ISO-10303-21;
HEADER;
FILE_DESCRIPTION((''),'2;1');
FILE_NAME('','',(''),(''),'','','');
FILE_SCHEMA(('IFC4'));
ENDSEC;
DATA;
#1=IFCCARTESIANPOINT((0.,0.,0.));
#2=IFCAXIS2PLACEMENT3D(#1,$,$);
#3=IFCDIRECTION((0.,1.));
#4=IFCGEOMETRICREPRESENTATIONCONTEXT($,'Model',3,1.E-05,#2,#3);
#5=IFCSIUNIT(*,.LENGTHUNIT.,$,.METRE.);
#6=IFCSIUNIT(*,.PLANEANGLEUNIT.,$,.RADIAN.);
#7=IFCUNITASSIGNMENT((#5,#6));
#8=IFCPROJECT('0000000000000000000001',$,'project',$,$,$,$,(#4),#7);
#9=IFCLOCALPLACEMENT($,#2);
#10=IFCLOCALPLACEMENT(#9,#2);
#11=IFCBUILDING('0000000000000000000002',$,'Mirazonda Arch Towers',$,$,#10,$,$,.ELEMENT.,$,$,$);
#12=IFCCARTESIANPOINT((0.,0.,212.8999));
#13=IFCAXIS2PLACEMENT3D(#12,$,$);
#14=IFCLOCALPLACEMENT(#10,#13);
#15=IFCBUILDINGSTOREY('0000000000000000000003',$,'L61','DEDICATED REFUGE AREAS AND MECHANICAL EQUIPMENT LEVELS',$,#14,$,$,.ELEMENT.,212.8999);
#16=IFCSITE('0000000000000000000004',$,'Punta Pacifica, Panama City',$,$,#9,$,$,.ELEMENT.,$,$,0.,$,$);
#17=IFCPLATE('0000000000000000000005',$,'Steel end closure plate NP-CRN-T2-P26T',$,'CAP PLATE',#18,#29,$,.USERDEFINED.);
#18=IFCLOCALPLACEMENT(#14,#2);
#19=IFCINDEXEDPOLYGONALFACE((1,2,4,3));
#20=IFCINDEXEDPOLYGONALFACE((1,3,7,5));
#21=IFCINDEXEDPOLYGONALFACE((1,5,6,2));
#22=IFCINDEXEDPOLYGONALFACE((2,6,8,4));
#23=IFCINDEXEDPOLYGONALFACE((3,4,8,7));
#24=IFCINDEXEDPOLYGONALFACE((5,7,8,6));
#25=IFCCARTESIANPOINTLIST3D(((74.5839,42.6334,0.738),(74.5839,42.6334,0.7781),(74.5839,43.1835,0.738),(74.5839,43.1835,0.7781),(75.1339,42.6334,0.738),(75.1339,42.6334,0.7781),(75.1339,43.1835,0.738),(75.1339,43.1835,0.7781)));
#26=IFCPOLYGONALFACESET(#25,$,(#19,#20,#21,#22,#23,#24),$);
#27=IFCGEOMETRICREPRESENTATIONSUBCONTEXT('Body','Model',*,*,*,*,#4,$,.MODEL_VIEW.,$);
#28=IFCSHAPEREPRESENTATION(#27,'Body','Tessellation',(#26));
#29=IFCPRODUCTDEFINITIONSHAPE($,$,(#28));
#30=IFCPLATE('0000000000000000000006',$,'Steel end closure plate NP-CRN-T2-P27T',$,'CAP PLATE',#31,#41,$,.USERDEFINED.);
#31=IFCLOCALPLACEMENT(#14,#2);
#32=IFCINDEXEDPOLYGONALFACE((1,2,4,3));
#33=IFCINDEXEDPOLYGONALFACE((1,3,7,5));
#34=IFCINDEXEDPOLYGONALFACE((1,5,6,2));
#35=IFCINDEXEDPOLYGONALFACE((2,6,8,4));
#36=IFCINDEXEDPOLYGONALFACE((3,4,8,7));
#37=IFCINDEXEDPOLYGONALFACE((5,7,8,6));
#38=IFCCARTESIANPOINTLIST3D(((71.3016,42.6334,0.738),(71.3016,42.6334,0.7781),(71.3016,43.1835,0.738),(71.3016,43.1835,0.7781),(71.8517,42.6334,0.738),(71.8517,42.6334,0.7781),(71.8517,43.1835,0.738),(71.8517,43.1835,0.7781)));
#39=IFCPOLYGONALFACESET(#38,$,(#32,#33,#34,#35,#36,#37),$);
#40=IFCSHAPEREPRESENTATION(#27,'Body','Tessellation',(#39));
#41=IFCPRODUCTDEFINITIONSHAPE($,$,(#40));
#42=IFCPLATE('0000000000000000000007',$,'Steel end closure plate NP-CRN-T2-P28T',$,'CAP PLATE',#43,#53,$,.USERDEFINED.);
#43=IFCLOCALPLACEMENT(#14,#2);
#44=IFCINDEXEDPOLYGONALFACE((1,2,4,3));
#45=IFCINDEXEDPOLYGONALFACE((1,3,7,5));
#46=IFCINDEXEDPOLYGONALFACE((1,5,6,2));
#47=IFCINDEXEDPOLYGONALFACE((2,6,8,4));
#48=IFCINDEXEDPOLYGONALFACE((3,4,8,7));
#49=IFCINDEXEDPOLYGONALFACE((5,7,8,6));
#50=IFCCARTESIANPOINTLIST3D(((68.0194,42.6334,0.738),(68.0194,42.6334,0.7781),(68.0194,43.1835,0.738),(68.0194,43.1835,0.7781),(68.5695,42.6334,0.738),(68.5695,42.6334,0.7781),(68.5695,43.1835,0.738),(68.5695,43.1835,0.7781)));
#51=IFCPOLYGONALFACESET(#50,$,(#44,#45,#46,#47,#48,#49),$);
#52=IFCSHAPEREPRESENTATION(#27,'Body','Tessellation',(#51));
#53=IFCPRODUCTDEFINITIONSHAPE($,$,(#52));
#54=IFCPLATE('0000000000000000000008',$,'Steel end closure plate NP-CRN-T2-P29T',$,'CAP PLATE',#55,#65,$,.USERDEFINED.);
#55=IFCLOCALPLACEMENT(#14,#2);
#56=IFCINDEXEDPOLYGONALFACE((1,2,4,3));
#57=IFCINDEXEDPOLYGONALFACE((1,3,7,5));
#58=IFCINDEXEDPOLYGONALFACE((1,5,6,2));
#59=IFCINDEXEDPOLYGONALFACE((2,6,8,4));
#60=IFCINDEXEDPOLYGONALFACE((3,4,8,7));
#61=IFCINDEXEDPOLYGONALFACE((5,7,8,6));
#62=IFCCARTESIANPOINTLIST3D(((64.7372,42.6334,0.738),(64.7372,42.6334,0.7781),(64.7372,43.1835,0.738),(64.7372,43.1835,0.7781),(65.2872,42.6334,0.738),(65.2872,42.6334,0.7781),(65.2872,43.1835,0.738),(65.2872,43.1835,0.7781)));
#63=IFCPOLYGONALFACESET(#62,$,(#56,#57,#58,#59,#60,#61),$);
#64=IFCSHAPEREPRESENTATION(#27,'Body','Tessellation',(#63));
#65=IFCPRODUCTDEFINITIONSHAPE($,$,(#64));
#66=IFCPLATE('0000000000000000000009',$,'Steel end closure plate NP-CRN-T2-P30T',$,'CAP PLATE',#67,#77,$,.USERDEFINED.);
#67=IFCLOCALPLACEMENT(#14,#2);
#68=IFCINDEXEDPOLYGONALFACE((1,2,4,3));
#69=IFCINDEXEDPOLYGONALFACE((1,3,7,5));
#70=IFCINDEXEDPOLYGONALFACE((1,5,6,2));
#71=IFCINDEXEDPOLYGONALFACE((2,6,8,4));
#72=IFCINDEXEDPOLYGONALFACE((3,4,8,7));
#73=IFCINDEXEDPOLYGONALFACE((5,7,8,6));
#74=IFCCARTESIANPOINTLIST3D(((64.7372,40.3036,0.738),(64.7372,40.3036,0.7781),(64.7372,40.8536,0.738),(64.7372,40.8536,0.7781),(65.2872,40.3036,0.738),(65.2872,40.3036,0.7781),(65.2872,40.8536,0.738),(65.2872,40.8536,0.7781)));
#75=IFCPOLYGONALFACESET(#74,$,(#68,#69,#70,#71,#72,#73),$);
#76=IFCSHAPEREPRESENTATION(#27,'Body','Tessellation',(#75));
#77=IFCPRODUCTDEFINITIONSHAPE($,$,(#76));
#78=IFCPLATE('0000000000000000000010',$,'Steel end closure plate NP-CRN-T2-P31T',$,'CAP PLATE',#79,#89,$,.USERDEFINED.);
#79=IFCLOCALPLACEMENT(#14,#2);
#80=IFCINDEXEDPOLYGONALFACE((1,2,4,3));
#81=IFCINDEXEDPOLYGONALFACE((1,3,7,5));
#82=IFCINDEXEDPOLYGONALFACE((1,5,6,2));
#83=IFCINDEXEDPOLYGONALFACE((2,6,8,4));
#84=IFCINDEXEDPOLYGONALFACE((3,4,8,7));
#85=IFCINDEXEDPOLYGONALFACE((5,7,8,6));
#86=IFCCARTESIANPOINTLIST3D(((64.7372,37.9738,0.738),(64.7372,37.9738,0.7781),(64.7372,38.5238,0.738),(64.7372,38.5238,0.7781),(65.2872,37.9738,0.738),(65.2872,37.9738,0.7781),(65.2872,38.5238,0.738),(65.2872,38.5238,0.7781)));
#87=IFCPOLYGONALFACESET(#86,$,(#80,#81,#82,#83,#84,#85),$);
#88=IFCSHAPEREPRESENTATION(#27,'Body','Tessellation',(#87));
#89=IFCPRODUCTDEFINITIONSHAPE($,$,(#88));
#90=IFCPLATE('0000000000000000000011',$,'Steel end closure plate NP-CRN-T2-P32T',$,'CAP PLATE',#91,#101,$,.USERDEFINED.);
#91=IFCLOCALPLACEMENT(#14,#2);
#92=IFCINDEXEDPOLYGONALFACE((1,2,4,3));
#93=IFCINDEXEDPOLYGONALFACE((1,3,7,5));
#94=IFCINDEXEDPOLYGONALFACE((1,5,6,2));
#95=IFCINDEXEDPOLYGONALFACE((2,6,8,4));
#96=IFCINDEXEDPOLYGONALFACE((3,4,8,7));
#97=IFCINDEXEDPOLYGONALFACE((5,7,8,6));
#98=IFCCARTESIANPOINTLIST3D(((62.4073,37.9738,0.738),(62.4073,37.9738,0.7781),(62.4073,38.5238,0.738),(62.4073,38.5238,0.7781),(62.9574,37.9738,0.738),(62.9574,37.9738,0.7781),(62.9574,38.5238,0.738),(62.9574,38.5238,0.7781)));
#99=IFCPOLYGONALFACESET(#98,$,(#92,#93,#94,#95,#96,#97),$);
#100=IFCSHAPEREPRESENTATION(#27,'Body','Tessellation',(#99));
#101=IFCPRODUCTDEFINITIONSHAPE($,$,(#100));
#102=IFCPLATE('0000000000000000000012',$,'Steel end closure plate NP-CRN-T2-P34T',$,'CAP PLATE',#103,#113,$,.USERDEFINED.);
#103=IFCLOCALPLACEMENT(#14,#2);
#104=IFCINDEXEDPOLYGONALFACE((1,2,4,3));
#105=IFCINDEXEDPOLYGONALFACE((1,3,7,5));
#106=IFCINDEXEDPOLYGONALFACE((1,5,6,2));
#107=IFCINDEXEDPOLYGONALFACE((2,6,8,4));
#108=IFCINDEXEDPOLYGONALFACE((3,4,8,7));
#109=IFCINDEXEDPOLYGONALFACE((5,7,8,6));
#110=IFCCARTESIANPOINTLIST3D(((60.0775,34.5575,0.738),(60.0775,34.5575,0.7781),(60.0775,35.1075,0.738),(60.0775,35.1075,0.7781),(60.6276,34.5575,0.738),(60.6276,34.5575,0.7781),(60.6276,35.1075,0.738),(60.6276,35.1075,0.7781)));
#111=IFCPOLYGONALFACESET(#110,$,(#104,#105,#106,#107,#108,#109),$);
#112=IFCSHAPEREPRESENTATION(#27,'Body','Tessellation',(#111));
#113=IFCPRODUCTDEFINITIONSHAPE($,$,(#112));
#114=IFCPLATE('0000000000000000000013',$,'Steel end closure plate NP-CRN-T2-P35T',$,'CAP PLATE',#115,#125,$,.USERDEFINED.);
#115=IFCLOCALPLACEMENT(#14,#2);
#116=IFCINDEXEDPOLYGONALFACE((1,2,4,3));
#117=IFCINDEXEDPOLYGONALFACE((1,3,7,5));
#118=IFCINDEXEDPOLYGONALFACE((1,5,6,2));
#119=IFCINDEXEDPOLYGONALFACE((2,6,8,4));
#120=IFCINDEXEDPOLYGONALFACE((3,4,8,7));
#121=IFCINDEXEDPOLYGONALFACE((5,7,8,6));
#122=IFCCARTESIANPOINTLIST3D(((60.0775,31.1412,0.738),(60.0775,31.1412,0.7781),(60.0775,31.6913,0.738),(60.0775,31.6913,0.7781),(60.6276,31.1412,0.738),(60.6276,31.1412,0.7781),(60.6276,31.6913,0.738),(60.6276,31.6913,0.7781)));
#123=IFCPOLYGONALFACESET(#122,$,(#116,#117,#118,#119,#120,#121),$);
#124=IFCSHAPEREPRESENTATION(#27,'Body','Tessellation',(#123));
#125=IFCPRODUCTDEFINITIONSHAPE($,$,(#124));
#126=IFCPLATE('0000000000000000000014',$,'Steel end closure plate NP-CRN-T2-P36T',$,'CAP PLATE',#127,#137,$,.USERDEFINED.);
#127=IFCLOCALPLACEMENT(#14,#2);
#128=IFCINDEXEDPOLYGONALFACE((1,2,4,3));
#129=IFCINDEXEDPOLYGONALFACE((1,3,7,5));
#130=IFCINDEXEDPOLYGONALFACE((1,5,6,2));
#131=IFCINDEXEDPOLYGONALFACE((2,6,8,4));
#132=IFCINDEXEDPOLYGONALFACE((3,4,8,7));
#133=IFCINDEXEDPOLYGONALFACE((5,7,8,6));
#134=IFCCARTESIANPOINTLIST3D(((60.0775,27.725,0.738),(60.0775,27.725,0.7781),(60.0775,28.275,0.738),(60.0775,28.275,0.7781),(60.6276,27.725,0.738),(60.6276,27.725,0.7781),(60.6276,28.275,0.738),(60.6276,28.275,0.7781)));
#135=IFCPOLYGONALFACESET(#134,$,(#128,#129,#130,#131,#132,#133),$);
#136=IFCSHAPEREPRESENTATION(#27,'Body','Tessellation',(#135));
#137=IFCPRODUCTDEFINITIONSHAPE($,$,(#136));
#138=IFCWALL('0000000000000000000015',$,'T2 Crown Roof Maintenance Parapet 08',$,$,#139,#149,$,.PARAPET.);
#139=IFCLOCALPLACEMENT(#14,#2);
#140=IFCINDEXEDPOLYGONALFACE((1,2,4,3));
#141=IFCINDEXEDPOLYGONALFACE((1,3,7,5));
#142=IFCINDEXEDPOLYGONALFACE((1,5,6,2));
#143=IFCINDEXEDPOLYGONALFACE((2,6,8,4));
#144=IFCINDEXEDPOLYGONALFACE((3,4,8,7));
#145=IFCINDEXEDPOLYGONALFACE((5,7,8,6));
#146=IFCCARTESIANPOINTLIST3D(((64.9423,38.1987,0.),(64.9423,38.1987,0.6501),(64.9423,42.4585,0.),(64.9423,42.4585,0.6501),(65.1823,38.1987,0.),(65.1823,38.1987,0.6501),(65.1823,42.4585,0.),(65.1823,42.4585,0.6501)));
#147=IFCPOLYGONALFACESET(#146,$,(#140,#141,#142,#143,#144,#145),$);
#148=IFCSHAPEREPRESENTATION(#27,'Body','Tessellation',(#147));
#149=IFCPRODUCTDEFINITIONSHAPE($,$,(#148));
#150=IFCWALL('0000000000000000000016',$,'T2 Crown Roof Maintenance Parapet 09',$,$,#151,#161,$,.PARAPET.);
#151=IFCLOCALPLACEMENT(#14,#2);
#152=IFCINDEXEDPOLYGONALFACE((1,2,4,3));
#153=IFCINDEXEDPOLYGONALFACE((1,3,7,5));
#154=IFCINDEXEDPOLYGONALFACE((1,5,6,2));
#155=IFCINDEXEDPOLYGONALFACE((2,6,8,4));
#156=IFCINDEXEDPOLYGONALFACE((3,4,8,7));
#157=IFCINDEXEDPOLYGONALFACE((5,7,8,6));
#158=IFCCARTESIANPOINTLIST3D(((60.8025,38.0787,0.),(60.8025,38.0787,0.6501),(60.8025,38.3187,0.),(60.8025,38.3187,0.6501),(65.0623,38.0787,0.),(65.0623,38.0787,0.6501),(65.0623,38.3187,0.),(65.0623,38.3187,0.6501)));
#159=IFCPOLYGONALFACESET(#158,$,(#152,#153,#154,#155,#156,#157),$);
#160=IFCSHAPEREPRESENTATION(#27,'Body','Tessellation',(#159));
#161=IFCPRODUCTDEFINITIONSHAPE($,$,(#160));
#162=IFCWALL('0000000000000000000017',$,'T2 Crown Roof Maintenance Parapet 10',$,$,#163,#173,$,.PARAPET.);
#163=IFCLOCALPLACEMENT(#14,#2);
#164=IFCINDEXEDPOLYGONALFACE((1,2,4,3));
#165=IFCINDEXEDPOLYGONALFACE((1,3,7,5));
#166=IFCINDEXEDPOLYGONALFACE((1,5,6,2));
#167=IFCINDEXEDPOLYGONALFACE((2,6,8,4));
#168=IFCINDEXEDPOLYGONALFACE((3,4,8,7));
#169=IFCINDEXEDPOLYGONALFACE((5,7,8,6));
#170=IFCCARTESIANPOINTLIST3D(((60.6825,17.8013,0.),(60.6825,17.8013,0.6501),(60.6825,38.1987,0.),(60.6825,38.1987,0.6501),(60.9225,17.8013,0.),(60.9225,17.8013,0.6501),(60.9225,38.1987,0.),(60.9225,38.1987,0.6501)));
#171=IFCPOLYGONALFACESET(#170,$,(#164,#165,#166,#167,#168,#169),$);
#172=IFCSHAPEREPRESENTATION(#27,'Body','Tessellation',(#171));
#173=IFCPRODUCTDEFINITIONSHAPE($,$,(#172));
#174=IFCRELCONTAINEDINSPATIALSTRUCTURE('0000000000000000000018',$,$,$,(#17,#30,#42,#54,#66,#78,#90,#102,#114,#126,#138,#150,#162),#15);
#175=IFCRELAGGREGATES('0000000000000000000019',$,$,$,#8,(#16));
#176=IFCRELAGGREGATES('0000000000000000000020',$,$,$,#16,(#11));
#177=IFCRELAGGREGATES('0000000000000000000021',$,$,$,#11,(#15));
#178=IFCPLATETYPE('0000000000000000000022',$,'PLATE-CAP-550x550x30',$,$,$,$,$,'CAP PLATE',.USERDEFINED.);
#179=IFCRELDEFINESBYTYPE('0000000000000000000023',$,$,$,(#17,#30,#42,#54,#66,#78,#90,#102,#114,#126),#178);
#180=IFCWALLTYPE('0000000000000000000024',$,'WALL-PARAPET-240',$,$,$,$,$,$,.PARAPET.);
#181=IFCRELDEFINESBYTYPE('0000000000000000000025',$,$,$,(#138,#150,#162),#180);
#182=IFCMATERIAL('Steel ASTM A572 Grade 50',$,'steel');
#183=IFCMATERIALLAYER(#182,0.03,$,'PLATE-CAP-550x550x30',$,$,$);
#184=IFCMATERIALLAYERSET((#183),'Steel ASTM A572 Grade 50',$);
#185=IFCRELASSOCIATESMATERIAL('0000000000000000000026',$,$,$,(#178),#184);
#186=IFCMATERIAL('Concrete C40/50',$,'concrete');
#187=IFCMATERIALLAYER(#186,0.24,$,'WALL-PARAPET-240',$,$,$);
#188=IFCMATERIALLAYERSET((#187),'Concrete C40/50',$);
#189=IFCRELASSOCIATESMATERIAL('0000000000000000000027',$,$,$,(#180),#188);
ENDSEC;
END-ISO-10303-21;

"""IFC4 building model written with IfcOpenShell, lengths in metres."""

from ifc_helpers import new_model, si_unit, direction, frame, frame_2d, origin, origin_2d, place, context, subcontext, project, spatial, rectangle, extrude, material, layer, layer_set, type_object, element, save


model = new_model("IFC4")

# Units and contexts
model_context = context("Model", 3, precision=1e-05, world=origin(), true_north=direction((0.0, 1.0)))
body_context = subcontext(model_context, "Body", "Model", "MODEL_VIEW")
ifc_project = project(units=[si_unit("LENGTHUNIT", "METRE"), si_unit("PLANEANGLEUNIT", "RADIAN")], contexts=[model_context])

# Site, building, storey
site_placement = place(None, origin())
site = spatial("IfcSite", under=ifc_project, at=site_placement, Name="Punta Pacifica, Panama City", CompositionType="ELEMENT", RefElevation=0.0)
building_placement = place(site_placement, origin())
building = spatial("IfcBuilding", under=site, at=building_placement, Name="Mirazonda Arch Towers", CompositionType="ELEMENT")
storey_placement = place(building_placement, frame((0.0, 0.0, 212.8999)))
storey = spatial("IfcBuildingStorey", under=building, at=storey_placement, Name="L61", Description="DEDICATED REFUGE AREAS AND MECHANICAL EQUIPMENT LEVELS", CompositionType="ELEMENT", Elevation=212.8999)

# Shared definitions
ifc_material_1 = material(Name="Steel ASTM A572 Grade 50", Category="steel")

# Plates
ifc_layer_1 = layer(ifc_material_1, 0.03, Name="PLATE-CAP-550x550x30")
ifc_layer_set_1 = layer_set([ifc_layer_1], Name="Steel ASTM A572 Grade 50")
plate_type = type_object("IfcPlateType", Name="PLATE-CAP-550x550x30", ElementType="CAP PLATE", PredefinedType="USERDEFINED", material=ifc_layer_set_1)
for number, where, z_axis, x_axis, name in (
    (1, (74.8589, 42.9084, 0.738), (0.0, 0.0, 1.0), (1.0, 0.0, 0.0), "Steel end closure plate NP-CRN-T2-P26T"),
    (2, (71.5767, 42.9084, 0.738), (0.0, 0.0, 1.0), (1.0, 0.0, 0.0), "Steel end closure plate NP-CRN-T2-P27T"),
    (3, (68.2944, 42.9084, 0.738), (0.0, 0.0, 1.0), (1.0, 0.0, 0.0), "Steel end closure plate NP-CRN-T2-P28T"),
    (4, (65.0122, 42.9084, 0.738), (0.0, 0.0, 1.0), (1.0, 0.0, 0.0), "Steel end closure plate NP-CRN-T2-P29T"),
    (5, (65.0122, 40.5786, 0.738), (0.0, 0.0, 1.0), (1.0, 0.0, 0.0), "Steel end closure plate NP-CRN-T2-P30T"),
    (6, (65.0122, 38.2488, 0.738), (0.0, 0.0, 1.0), (1.0, 0.0, 0.0), "Steel end closure plate NP-CRN-T2-P31T"),
    (7, (62.6824, 38.2488, 0.738), (0.0, 0.0, 1.0), (1.0, 0.0, 0.0), "Steel end closure plate NP-CRN-T2-P32T"),
    (8, (60.3525, 34.8325, 0.738), (0.0, 0.0, 1.0), (1.0, 0.0, 0.0), "Steel end closure plate NP-CRN-T2-P34T"),
    (9, (60.3525, 31.4163, 0.738), (0.0, 0.0, 1.0), (1.0, 0.0, 0.0), "Steel end closure plate NP-CRN-T2-P35T"),
    (10, (60.3525, 28.0, 0.738), (0.0, 0.0, 1.0), (1.0, 0.0, 0.0), "Steel end closure plate NP-CRN-T2-P36T"),
):
    element("IfcPlate", number, at=place(storey_placement, frame(where, z_axis=z_axis, x_axis=x_axis)), inside=storey, type_object=plate_type, Name=name, ObjectType="CAP PLATE", PredefinedType="USERDEFINED", context=body_context, shape_type="SweptSolid", body=[
        extrude(rectangle(XDim=0.55, YDim=0.55, at=origin_2d()), origin(), (0.0, 0.0, 1.0), 0.04),
    ])

# Walls
ifc_material_2 = material(Name="Concrete C40/50", Category="concrete")
ifc_layer_2 = layer(ifc_material_2, 0.24, Name="WALL-PARAPET-240")
ifc_layer_set_2 = layer_set([ifc_layer_2], Name="Concrete C40/50")
wall_type = type_object("IfcWallType", Name="WALL-PARAPET-240", PredefinedType="PARAPET", material=ifc_layer_set_2)
for number, where, z_axis, x_axis, name in (
    (11, (65.0623, 42.4585, 0.0), (0.0, 0.0, 1.0), (0.0, -1.0, 0.0), "T2 Crown Roof Maintenance Parapet 08"),
    (12, (65.0623, 38.1987, 0.0), (0.0, 0.0, 1.0), (-1.0, 0.0, 0.0), "T2 Crown Roof Maintenance Parapet 09"),
):
    element("IfcWall", number, at=place(storey_placement, frame(where, z_axis=z_axis, x_axis=x_axis)), inside=storey, type_object=wall_type, Name=name, PredefinedType="PARAPET", context=body_context, shape_type="SweptSolid", body=[
        extrude(rectangle(XDim=4.2598, YDim=0.24, at=frame_2d((2.1299, 0.0))), origin(), (0.0, 0.0, 1.0), 0.6501),
    ])
wall_placement = place(storey_placement, frame((60.8025, 38.1987, 0.0), z_axis=(0.0, 0.0, 1.0), x_axis=(0.0, -1.0, 0.0)))
element("IfcWall", 13, at=wall_placement, inside=storey, type_object=wall_type, Name="T2 Crown Roof Maintenance Parapet 10", PredefinedType="PARAPET", context=body_context, shape_type="SweptSolid", body=[
    extrude(rectangle(XDim=20.3975, YDim=0.24, at=frame_2d((10.1987, 0.0))), origin(), (0.0, 0.0, 1.0), 0.6501),
])

save(model, "model.ifc")
